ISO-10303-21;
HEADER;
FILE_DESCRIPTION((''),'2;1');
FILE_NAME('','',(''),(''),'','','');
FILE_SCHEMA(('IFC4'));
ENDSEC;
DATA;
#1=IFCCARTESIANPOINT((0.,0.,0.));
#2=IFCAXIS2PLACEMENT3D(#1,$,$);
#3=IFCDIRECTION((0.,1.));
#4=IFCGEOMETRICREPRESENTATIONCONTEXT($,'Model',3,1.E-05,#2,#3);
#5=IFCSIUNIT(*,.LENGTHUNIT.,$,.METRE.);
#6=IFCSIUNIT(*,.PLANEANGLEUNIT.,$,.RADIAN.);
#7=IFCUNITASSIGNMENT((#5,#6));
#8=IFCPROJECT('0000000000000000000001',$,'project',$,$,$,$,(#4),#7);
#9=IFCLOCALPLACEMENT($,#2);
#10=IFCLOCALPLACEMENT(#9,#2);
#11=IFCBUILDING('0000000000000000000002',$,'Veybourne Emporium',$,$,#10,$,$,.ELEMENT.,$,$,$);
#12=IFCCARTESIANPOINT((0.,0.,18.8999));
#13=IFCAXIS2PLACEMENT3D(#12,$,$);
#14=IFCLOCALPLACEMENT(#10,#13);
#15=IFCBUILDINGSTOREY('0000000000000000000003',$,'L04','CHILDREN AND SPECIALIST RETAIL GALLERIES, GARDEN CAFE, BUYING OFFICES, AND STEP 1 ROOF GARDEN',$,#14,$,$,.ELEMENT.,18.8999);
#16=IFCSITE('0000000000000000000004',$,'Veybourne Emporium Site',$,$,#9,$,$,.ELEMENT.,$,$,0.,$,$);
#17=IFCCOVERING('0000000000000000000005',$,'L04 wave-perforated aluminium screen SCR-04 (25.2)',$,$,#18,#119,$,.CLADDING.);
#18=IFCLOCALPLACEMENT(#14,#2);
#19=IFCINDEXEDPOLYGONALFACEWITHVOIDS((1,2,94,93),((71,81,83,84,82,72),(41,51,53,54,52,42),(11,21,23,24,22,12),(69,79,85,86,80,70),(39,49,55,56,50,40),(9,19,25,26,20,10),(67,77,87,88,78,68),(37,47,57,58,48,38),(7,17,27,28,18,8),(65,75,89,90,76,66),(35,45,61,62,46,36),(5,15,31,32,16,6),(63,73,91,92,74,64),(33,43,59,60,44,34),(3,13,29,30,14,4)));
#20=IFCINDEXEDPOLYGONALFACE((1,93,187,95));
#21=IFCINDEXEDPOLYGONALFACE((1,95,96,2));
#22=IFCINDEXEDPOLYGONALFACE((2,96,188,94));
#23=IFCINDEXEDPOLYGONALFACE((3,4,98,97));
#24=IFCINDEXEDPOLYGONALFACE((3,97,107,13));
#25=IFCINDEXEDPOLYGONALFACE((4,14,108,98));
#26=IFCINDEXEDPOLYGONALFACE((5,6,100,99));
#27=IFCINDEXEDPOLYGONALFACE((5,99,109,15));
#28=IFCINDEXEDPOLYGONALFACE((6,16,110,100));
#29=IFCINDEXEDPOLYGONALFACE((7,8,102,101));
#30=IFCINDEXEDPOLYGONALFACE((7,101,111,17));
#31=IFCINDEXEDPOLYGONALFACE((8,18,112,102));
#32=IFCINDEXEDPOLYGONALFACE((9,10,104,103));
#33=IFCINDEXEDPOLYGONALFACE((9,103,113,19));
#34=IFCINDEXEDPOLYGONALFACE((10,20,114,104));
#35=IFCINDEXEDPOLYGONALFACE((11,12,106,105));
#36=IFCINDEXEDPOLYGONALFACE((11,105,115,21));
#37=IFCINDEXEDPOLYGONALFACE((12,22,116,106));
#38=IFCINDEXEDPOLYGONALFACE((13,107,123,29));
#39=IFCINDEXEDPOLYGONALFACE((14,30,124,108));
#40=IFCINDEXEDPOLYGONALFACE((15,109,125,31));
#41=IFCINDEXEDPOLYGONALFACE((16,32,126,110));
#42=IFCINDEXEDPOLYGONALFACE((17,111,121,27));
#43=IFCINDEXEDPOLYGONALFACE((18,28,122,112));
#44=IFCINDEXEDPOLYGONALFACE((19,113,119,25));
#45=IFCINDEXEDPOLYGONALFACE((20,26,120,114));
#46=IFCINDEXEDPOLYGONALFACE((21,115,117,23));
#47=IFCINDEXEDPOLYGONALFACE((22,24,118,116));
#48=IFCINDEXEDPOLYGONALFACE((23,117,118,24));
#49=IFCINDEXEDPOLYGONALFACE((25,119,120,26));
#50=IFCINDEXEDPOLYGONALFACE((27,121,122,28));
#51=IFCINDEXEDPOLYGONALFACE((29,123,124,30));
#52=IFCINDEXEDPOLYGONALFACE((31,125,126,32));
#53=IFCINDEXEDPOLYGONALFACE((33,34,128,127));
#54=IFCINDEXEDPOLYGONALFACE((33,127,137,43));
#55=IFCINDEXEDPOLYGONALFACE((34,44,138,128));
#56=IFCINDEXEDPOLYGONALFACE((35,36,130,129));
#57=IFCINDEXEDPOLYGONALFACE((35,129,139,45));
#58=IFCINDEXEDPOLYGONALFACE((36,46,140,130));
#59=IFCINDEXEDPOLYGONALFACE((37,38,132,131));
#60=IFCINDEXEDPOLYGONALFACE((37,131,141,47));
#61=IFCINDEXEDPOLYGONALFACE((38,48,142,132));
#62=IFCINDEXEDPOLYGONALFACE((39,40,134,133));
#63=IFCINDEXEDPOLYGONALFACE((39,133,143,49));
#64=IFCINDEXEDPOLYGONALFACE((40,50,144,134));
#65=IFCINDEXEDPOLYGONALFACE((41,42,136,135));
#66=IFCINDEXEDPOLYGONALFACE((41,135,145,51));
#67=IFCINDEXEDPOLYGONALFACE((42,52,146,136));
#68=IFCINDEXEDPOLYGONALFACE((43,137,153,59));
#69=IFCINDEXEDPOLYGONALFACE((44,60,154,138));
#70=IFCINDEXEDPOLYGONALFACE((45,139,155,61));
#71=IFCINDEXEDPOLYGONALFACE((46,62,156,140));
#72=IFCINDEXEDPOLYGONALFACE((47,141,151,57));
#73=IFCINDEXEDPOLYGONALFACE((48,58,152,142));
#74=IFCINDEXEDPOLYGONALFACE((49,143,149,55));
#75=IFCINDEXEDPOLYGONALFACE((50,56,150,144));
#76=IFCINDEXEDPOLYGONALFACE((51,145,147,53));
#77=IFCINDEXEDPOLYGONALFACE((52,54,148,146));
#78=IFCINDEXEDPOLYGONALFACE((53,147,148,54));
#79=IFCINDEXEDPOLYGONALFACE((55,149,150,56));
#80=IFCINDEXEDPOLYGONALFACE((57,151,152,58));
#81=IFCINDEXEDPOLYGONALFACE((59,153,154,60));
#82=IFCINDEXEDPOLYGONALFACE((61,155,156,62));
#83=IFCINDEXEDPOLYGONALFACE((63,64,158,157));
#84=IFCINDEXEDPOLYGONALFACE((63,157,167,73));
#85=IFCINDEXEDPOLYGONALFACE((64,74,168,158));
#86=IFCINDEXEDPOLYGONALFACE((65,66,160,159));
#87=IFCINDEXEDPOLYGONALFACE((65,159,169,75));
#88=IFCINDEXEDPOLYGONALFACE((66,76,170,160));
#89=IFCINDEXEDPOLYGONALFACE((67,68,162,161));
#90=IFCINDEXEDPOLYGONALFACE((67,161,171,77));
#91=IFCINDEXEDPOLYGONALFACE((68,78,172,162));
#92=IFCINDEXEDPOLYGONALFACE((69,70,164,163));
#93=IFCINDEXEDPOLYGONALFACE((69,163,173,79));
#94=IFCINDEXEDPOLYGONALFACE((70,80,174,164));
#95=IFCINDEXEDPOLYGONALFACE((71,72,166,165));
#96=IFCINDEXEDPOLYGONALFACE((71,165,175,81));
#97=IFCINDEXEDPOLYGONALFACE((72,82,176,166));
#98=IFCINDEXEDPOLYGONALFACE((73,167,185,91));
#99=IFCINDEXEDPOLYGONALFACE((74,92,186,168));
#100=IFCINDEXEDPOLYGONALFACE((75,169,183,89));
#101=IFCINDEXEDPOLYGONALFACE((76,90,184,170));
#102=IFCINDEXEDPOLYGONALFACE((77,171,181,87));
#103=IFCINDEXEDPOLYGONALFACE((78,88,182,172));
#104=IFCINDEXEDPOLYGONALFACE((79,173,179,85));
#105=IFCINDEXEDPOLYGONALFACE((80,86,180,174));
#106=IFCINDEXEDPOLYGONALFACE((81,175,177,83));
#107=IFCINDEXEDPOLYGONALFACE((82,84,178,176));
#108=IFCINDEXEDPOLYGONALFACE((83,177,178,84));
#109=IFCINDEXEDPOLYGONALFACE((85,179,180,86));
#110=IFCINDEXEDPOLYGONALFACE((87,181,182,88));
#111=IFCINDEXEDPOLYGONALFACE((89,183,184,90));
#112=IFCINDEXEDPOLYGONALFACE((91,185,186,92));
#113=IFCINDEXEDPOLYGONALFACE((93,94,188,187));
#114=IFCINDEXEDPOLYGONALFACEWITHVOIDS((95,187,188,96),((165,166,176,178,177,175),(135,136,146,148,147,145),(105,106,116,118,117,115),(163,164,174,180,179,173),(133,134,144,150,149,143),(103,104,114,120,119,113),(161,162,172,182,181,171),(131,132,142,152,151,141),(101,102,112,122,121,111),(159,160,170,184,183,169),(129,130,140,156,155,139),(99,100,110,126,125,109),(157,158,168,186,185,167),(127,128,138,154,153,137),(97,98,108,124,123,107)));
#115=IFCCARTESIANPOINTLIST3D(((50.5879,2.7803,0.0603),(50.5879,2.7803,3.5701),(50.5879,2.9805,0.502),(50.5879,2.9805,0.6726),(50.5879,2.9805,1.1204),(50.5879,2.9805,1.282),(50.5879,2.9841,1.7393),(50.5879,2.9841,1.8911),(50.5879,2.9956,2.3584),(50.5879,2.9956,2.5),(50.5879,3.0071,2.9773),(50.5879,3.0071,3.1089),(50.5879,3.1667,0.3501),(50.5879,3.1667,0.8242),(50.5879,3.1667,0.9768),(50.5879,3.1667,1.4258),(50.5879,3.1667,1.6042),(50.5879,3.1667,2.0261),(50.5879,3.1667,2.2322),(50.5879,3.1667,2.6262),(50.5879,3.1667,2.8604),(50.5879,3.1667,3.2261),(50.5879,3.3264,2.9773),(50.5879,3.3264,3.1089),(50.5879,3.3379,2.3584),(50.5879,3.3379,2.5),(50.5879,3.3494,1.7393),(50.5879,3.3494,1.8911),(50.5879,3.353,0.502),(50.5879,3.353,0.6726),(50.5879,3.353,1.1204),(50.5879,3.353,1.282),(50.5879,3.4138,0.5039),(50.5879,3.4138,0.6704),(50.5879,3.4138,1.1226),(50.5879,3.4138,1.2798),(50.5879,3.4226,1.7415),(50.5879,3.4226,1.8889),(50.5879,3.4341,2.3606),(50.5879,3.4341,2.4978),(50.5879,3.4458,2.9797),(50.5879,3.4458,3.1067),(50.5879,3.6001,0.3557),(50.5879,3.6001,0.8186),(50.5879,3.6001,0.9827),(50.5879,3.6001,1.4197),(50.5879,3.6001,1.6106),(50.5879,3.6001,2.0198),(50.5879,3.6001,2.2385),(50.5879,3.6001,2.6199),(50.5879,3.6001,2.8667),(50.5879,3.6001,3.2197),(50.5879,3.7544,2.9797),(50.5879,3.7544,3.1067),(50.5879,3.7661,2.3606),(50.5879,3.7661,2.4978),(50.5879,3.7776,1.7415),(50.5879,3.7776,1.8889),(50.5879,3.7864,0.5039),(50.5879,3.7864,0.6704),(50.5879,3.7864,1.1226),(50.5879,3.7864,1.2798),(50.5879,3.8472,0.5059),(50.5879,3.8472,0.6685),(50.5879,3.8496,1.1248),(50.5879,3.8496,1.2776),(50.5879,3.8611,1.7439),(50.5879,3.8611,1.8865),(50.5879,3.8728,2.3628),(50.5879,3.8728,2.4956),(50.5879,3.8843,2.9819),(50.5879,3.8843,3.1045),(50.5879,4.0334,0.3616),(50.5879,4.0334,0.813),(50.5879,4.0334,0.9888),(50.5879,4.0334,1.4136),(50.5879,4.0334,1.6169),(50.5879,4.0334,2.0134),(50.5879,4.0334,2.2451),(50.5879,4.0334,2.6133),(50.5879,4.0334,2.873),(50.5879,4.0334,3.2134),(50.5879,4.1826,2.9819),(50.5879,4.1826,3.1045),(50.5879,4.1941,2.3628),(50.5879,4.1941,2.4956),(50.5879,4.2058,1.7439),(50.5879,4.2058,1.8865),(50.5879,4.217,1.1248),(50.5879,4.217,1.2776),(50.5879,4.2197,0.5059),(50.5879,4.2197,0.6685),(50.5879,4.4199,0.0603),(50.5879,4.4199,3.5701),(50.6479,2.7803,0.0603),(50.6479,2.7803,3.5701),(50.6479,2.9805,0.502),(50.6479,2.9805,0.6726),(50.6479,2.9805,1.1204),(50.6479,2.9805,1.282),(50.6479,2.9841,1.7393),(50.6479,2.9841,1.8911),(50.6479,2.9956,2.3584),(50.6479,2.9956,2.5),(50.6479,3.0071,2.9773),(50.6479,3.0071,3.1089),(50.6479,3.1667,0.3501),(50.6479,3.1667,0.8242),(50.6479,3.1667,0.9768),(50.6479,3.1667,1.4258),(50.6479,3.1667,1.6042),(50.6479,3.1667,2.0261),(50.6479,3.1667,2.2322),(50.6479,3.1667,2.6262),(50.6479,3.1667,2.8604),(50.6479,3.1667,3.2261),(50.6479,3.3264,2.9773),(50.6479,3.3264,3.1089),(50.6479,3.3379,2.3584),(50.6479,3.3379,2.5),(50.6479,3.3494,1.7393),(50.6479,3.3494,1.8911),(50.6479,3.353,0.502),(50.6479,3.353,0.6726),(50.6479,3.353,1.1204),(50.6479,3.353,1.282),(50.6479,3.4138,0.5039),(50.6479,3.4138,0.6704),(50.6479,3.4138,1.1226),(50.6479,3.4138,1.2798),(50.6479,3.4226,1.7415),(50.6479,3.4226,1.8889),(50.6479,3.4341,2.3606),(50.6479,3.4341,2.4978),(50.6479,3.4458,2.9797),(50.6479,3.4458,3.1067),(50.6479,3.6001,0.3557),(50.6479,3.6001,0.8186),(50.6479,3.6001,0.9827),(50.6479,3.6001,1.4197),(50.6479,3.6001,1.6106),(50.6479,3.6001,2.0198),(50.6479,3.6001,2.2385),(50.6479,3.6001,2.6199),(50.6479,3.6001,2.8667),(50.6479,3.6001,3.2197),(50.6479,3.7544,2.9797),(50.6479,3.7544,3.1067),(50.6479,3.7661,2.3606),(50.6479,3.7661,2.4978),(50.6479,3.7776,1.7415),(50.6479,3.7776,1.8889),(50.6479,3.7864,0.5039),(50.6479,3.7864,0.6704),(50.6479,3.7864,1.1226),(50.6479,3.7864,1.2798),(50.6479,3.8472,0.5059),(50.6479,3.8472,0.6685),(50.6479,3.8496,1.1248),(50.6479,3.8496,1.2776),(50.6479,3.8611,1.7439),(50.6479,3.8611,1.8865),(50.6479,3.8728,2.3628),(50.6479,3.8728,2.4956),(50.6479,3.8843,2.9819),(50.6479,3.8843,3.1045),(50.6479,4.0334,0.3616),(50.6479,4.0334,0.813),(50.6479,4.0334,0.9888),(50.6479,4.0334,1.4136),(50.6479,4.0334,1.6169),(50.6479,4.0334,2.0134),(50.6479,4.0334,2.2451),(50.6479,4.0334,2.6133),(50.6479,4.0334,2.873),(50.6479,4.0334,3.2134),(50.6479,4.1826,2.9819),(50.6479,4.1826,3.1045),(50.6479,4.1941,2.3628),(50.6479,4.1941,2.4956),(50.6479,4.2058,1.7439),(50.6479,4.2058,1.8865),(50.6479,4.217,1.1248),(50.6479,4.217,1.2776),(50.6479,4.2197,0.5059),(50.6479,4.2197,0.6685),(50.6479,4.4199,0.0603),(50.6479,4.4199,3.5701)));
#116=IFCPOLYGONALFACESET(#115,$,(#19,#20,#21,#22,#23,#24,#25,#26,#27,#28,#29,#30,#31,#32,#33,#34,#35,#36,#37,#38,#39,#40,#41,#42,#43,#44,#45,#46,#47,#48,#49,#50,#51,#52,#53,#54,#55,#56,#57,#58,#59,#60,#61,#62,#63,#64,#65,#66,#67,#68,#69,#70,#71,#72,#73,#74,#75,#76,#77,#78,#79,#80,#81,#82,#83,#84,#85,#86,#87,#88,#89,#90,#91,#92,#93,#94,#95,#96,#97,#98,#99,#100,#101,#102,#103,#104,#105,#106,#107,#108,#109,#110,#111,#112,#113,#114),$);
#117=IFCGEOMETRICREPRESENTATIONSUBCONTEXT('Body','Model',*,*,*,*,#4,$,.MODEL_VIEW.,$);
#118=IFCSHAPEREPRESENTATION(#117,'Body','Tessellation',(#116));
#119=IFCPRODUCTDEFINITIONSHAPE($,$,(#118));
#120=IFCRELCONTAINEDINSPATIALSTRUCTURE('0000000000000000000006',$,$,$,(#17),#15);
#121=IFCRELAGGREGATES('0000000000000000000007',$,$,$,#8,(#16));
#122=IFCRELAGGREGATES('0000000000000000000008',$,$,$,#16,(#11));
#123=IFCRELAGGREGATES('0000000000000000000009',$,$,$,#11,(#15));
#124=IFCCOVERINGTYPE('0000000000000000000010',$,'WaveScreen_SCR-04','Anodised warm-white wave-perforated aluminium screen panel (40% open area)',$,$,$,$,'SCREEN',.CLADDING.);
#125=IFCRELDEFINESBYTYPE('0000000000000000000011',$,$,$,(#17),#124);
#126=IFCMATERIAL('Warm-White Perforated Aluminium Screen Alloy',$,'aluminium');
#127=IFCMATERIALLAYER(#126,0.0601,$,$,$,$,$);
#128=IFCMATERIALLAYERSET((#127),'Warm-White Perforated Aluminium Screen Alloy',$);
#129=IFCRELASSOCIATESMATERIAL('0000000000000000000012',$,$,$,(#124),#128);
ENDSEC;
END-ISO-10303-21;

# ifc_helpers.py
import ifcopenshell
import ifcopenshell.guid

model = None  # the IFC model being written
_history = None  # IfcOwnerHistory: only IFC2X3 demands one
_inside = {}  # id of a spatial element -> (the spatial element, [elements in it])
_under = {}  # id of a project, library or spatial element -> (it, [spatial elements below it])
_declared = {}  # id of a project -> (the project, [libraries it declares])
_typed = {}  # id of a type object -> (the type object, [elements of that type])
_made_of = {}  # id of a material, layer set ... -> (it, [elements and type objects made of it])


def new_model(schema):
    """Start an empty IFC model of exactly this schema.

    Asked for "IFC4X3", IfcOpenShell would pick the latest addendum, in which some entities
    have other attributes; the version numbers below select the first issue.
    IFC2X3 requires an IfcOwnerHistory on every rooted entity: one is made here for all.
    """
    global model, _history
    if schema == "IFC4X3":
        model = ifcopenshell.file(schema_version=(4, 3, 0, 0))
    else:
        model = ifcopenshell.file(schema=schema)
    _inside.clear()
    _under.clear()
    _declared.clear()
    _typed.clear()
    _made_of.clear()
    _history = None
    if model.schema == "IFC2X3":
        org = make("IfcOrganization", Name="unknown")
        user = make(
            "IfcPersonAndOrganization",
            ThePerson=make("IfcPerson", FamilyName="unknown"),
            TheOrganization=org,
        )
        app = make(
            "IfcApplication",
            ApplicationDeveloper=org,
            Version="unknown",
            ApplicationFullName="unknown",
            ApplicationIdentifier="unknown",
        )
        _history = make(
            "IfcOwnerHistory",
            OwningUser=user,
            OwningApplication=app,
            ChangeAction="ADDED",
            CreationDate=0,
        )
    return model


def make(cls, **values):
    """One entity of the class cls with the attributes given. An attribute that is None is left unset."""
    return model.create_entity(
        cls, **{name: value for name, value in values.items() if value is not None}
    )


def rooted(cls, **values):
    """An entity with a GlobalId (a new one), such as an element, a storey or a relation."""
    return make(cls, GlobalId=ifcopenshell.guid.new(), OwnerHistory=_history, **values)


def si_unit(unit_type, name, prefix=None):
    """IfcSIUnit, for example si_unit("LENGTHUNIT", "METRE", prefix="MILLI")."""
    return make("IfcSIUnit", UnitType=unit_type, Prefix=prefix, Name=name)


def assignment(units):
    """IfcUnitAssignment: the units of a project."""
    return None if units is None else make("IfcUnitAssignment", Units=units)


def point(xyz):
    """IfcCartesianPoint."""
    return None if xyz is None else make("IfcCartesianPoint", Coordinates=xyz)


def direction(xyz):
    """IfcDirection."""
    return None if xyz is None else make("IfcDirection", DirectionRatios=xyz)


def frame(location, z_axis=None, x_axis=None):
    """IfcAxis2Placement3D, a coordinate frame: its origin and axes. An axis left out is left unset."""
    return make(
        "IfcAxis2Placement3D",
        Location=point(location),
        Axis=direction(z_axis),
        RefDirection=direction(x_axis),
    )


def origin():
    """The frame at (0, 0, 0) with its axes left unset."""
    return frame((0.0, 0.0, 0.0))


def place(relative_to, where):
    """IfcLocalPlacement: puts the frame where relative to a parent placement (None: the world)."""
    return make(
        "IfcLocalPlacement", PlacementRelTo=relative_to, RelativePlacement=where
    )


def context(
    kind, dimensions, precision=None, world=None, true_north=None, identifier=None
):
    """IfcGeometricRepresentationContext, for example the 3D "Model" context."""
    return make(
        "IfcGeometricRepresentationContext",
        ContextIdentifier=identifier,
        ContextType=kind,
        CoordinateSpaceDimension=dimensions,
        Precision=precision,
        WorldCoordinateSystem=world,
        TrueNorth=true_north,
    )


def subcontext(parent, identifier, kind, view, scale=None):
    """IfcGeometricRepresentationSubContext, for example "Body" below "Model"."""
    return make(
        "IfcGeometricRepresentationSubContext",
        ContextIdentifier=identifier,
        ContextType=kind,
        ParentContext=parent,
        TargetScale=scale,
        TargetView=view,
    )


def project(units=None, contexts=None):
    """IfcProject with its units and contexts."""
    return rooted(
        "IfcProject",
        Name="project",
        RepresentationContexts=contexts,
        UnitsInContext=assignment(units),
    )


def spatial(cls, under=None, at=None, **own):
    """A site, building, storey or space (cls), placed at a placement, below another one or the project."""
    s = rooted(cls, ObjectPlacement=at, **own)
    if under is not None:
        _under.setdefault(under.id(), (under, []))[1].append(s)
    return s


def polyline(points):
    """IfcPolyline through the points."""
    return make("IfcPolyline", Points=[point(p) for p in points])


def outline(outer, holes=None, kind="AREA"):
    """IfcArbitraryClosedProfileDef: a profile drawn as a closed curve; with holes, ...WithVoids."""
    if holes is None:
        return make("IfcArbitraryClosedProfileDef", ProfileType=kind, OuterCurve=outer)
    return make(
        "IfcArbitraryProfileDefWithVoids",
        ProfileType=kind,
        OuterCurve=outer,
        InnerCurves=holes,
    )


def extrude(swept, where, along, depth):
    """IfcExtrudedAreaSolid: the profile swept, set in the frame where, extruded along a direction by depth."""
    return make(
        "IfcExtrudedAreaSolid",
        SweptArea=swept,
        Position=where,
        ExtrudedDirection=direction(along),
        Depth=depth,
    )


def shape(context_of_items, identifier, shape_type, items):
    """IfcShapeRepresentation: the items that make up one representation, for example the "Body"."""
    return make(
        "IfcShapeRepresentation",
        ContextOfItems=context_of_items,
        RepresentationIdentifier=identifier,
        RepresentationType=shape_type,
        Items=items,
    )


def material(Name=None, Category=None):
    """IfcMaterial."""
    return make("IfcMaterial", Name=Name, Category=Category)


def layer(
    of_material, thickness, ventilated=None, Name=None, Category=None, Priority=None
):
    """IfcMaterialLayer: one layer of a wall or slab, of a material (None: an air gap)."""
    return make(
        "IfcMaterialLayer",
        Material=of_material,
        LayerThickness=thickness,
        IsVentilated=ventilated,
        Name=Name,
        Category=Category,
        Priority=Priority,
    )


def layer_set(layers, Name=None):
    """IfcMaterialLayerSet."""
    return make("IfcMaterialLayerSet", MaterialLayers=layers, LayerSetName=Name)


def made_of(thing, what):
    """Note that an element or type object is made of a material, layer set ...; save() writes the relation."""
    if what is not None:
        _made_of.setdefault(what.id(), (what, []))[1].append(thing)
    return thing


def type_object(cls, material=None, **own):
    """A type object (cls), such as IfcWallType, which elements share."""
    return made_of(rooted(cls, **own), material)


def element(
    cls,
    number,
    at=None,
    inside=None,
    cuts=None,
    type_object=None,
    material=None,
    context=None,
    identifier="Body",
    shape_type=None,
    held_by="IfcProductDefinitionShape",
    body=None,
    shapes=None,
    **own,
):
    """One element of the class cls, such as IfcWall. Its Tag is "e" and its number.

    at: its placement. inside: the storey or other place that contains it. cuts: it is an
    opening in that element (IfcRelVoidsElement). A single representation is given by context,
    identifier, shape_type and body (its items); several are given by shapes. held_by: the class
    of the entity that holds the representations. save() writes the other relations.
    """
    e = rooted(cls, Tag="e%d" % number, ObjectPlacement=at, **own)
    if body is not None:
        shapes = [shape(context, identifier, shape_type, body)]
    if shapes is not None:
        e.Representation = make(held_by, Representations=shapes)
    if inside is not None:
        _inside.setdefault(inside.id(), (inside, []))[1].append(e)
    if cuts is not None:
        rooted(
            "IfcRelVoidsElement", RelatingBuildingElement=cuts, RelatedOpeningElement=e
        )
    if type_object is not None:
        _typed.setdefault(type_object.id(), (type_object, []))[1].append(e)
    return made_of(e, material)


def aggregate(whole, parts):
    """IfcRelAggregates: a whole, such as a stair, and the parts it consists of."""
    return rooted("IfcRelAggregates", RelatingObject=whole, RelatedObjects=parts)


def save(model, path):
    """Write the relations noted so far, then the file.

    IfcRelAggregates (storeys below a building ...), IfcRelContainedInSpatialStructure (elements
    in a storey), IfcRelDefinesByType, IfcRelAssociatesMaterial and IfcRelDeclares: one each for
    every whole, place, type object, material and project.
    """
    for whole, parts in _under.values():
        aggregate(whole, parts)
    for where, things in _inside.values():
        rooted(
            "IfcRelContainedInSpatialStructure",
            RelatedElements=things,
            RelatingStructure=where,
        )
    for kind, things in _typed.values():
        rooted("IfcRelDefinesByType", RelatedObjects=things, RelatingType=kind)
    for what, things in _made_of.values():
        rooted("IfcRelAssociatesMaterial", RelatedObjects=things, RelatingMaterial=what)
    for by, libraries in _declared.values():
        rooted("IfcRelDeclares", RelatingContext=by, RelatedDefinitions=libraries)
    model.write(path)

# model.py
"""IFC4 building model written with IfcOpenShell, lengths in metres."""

from ifc_helpers import new_model, si_unit, direction, frame, origin, place, context, subcontext, project, spatial, polyline, outline, extrude, material, layer, layer_set, type_object, element, save


model = new_model("IFC4")

# Units and contexts
model_context = context("Model", 3, precision=1e-05, world=origin(), true_north=direction((0.0, 1.0)))
body_context = subcontext(model_context, "Body", "Model", "MODEL_VIEW")
ifc_project = project(units=[si_unit("LENGTHUNIT", "METRE"), si_unit("PLANEANGLEUNIT", "RADIAN")], contexts=[model_context])

# Site, building, storey
site_placement = place(None, origin())
site = spatial("IfcSite", under=ifc_project, at=site_placement, Name="Veybourne Emporium Site", CompositionType="ELEMENT", RefElevation=0.0)
building_placement = place(site_placement, origin())
building = spatial("IfcBuilding", under=site, at=building_placement, Name="Veybourne Emporium", CompositionType="ELEMENT")
storey_placement = place(building_placement, frame((0.0, 0.0, 18.8999)))
storey = spatial("IfcBuildingStorey", under=building, at=storey_placement, Name="L04", Description="CHILDREN AND SPECIALIST RETAIL GALLERIES, GARDEN CAFE, BUYING OFFICES, AND STEP 1 ROOF GARDEN", CompositionType="ELEMENT", Elevation=18.8999)

# Covering
ifc_material_1 = material(Name="Warm-White Perforated Aluminium Screen Alloy", Category="aluminium")
ifc_layer_1 = layer(ifc_material_1, 0.0601)
ifc_layer_set_1 = layer_set([ifc_layer_1], Name="Warm-White Perforated Aluminium Screen Alloy")
covering_type_1 = type_object("IfcCoveringType", Name="WaveScreen_SCR-04", Description="Anodised warm-white wave-perforated aluminium screen panel (40% open area)", ElementType="SCREEN", PredefinedType="CLADDING", material=ifc_layer_set_1)
covering_1_placement = place(storey_placement, frame((50.6479, 3.6001, 1.8152), z_axis=(-1.0, 0.0, 0.0), x_axis=(0.0, -1.0, 0.0)))
element("IfcCovering", 1, at=covering_1_placement, inside=storey, type_object=covering_type_1, Name="L04 wave-perforated aluminium screen SCR-04 (25.2)", PredefinedType="CLADDING", context=body_context, shape_type="SweptSolid", body=[
    extrude(outline(polyline([(-0.8198, -1.7549), (0.8198, -1.7549), (0.8198, 1.7549), (-0.8198, 1.7549), (-0.8198, -1.7549)]), holes=[polyline([(-0.4333, -1.0022), (-0.2471, -1.1467), (-0.2471, -1.3093), (-0.4333, -1.4536), (-0.6196, -1.3093), (-0.6196, -1.1467), (-0.4333, -1.0022)]), polyline([(-0.4333, -0.4016), (-0.2495, -0.5376), (-0.2495, -0.6904), (-0.4333, -0.8264), (-0.6169, -0.6904), (-0.6169, -0.5376), (-0.4333, -0.4016)]), polyline([(-0.4333, 0.1982), (-0.261, 0.0713), (-0.261, -0.0713), (-0.4333, -0.1982), (-0.6057, -0.0713), (-0.6057, 0.0713), (-0.4333, 0.1982)]), polyline([(-0.4333, 0.7981), (-0.2727, 0.6804), (-0.2727, 0.5476), (-0.4333, 0.4299), (-0.594, 0.5476), (-0.594, 0.6804), (-0.4333, 0.7981)]), polyline([(-0.4333, 1.3982), (-0.2842, 1.2893), (-0.2842, 1.1667), (-0.4333, 1.0579), (-0.5825, 1.1667), (-0.5825, 1.2893), (-0.4333, 1.3982)]), polyline([(0.0, -0.9966), (0.1863, -1.1448), (0.1863, -1.3113), (0.0, -1.4595), (-0.1863, -1.3113), (-0.1863, -1.1448), (0.0, -0.9966)]), polyline([(0.0, -0.3955), (0.1863, -0.5354), (0.1863, -0.6926), (0.0, -0.8325), (-0.1863, -0.6926), (-0.1863, -0.5354), (0.0, -0.3955)]), polyline([(0.0, 0.2046), (0.1775, 0.0737), (0.1775, -0.0737), (0.0, -0.2046), (-0.1775, -0.0737), (-0.1775, 0.0737), (0.0, 0.2046)]), polyline([(0.0, 0.8047), (0.166, 0.6826), (0.166, 0.5454), (0.0, 0.4233), (-0.166, 0.5454), (-0.166, 0.6826), (0.0, 0.8047)]), polyline([(0.0, 1.4045), (0.1543, 1.2915), (0.1543, 1.1646), (0.0, 1.0515), (-0.1543, 1.1646), (-0.1543, 1.2915), (0.0, 1.4045)]), polyline([(0.4333, -0.991), (0.6196, -1.1426), (0.6196, -1.3132), (0.4333, -1.4651), (0.2471, -1.3132), (0.2471, -1.1426), (0.4333, -0.991)]), polyline([(0.4333, -0.3894), (0.6196, -0.5332), (0.6196, -0.6948), (0.4333, -0.8384), (0.2471, -0.6948), (0.2471, -0.5332), (0.4333, -0.3894)]), polyline([(0.4333, 0.2109), (0.616, 0.0759), (0.616, -0.0759), (0.4333, -0.2109), (0.2507, -0.0759), (0.2507, 0.0759), (0.4333, 0.2109)]), polyline([(0.4333, 0.811), (0.6045, 0.6848), (0.6045, 0.5432), (0.4333, 0.417), (0.2622, 0.5432), (0.2622, 0.6848), (0.4333, 0.811)]), polyline([(0.4333, 1.4109), (0.593, 1.2937), (0.593, 1.1621), (0.4333, 1.0452), (0.2737, 1.1621), (0.2737, 1.2937), (0.4333, 1.4109)])]), origin(), (0.0, 0.0, 1.0), 0.0601),
])

save(model, "model.ifc")
